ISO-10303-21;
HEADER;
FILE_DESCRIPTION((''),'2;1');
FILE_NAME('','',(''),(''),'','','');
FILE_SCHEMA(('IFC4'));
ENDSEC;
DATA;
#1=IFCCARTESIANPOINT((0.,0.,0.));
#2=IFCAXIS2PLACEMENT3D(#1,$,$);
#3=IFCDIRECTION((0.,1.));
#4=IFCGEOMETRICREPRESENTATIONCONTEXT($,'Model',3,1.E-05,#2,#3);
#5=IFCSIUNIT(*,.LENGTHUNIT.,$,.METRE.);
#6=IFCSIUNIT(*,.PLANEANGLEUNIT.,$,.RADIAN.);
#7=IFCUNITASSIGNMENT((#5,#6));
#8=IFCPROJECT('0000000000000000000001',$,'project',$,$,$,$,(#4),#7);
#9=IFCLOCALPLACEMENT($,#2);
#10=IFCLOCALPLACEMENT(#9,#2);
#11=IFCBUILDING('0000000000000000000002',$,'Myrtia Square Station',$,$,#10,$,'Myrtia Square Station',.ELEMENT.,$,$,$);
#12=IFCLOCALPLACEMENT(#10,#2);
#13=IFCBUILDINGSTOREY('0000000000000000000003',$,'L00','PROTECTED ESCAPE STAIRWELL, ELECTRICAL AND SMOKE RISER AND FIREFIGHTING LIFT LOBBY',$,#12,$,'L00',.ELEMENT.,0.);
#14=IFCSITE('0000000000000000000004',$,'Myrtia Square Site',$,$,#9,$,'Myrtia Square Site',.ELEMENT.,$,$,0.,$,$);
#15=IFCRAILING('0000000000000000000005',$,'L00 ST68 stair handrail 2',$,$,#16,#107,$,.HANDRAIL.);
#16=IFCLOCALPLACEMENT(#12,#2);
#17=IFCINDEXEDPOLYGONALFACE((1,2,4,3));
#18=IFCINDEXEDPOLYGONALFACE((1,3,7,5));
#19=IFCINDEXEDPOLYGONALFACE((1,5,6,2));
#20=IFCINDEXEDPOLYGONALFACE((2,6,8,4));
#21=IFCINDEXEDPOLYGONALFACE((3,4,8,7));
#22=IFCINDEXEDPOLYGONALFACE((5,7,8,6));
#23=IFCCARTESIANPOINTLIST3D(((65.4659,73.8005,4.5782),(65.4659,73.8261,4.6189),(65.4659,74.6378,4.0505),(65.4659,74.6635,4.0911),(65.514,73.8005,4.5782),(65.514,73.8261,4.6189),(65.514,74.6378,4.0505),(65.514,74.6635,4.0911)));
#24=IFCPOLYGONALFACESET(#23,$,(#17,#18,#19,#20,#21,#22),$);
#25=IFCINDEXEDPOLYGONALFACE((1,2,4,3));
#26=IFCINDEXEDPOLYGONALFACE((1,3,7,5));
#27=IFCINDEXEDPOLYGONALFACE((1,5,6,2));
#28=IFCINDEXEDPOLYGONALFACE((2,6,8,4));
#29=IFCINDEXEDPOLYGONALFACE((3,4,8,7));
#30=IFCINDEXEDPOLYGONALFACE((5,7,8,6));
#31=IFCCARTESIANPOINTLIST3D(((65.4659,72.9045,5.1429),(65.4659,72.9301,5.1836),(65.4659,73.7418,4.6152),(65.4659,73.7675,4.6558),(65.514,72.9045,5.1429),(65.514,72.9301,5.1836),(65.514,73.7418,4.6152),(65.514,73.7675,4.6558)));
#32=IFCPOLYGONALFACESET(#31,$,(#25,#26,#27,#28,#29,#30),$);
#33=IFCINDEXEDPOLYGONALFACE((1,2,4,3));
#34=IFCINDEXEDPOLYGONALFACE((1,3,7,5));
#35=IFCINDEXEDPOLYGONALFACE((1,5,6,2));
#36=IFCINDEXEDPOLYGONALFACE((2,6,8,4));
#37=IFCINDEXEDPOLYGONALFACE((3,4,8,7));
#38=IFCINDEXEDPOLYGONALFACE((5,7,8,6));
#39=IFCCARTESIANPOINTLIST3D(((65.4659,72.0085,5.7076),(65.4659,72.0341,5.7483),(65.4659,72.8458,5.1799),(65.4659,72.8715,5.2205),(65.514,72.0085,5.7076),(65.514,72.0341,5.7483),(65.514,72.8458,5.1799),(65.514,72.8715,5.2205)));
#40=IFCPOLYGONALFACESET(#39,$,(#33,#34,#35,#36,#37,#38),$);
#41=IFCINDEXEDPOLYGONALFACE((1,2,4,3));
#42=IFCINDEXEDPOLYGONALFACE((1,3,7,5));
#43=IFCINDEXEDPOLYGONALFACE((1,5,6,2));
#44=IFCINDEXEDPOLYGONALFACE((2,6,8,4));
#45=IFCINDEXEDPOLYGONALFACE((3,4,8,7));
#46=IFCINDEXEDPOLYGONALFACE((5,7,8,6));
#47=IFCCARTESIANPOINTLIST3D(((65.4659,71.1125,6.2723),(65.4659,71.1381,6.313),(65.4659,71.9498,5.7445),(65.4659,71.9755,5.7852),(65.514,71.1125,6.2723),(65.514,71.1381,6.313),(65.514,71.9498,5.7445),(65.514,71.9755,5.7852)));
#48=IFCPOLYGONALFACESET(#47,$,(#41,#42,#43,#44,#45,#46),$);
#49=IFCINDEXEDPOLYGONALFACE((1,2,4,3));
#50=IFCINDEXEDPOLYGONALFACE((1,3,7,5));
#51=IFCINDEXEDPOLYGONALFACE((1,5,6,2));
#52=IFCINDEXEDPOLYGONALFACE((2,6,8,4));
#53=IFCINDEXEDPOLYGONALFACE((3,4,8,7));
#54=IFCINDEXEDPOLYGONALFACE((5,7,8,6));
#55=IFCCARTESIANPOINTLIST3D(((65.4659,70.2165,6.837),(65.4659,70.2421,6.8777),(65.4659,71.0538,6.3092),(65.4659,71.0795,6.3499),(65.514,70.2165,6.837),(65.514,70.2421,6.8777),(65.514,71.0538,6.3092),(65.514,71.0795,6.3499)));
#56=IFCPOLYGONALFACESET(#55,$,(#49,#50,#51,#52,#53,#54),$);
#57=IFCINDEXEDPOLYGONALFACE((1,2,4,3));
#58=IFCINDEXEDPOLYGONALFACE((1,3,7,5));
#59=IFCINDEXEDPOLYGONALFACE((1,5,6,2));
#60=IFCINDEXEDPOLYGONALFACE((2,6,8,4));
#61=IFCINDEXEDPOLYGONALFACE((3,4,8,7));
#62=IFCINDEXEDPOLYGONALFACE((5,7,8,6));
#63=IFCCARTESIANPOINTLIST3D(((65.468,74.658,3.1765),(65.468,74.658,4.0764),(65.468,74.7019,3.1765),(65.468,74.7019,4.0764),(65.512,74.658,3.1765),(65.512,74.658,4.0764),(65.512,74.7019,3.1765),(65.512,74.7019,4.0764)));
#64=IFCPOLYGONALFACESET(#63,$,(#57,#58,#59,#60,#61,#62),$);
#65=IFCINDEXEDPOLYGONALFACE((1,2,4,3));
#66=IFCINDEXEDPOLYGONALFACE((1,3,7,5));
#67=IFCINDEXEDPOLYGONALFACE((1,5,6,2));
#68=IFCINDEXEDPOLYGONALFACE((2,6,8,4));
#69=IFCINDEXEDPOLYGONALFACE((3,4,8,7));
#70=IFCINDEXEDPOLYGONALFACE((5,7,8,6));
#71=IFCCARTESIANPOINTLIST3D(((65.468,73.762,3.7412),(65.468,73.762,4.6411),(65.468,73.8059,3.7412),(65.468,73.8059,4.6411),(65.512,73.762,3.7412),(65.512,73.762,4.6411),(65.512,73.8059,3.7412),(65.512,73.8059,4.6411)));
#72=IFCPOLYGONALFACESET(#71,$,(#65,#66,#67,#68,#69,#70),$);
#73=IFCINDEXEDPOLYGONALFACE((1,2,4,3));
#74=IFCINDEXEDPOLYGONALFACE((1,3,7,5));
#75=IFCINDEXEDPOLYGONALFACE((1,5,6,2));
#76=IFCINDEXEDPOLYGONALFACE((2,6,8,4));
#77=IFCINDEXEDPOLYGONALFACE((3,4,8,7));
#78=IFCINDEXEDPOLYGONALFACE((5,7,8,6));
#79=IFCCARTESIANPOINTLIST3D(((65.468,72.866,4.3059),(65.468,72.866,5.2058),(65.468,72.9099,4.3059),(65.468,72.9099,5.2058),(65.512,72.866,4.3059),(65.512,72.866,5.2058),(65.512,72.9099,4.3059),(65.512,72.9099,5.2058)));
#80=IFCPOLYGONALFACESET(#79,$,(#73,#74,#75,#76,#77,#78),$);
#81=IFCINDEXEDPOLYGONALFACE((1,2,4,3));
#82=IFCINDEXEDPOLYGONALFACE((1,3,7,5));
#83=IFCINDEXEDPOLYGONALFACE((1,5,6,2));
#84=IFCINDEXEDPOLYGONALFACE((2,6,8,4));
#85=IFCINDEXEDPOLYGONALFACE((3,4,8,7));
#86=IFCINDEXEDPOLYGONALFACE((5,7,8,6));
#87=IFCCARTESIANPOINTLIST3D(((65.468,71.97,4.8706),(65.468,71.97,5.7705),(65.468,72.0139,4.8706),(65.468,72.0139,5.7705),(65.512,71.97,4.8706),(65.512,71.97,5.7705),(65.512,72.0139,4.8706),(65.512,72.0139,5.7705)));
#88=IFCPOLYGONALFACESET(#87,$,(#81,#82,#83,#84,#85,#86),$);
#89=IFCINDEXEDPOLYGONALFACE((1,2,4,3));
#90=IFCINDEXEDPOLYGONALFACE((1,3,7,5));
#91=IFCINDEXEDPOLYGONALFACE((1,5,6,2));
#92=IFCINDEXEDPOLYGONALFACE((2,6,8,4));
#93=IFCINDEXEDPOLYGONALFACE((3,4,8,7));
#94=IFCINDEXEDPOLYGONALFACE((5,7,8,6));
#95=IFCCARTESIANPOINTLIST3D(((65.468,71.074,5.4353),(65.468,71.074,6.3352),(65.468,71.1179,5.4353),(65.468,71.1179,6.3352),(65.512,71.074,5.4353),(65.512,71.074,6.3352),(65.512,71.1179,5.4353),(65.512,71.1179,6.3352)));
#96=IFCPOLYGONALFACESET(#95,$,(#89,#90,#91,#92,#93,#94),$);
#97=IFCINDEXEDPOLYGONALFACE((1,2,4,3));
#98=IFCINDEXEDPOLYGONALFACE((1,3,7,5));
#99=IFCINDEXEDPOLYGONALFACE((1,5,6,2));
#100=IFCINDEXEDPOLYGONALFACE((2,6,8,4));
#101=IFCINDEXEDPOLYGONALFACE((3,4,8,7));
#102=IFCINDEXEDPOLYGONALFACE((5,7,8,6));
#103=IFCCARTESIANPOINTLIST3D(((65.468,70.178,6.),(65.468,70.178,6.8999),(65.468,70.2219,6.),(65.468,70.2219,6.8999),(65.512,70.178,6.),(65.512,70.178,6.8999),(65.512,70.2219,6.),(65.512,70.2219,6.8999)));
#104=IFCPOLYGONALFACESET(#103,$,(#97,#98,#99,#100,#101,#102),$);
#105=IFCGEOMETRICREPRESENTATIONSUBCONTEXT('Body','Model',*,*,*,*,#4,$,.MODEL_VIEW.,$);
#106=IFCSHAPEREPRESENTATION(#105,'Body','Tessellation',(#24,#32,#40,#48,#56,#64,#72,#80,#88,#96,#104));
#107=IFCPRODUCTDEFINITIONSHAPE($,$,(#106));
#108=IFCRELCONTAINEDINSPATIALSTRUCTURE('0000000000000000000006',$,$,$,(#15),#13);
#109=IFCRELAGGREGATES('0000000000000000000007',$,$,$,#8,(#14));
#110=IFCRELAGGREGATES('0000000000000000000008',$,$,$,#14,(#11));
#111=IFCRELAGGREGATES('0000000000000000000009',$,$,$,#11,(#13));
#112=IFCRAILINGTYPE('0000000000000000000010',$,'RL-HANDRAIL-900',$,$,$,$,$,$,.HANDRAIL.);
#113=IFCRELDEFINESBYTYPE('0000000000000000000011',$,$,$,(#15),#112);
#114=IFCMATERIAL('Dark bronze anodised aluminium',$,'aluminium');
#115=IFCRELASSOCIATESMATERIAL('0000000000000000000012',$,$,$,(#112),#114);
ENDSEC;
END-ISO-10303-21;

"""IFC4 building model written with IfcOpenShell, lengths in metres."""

from ifc_helpers import new_model, si_unit, direction, frame, origin, origin_2d, place, context, subcontext, project, spatial, rectangle, extrude, material, type_object, element, save


model = new_model("IFC4")

# Units and contexts
model_context = context("Model", 3, precision=1e-05, world=origin(), true_north=direction((0.0, 1.0)))
body_context = subcontext(model_context, "Body", "Model", "MODEL_VIEW")
ifc_project = project(units=[si_unit("LENGTHUNIT", "METRE"), si_unit("PLANEANGLEUNIT", "RADIAN")], contexts=[model_context])

# Site, building, storey
site_placement = place(None, origin())
site = spatial("IfcSite", under=ifc_project, at=site_placement, Name="Myrtia Square Site", LongName="Myrtia Square Site", CompositionType="ELEMENT", RefElevation=0.0)
building_placement = place(site_placement, origin())
building = spatial("IfcBuilding", under=site, at=building_placement, Name="Myrtia Square Station", LongName="Myrtia Square Station", CompositionType="ELEMENT")
storey_placement = place(building_placement, origin())
storey = spatial("IfcBuildingStorey", under=building, at=storey_placement, Name="L00", Description="PROTECTED ESCAPE STAIRWELL, ELECTRICAL AND SMOKE RISER AND FIREFIGHTING LIFT LOBBY", LongName="L00", CompositionType="ELEMENT", Elevation=0.0)

# Shared definitions
ifc_material_1 = material(Name="Dark bronze anodised aluminium", Category="aluminium")

# Railing
railing_type_1 = type_object("IfcRailingType", Name="RL-HANDRAIL-900", PredefinedType="HANDRAIL", material=ifc_material_1)
railing_1_placement = place(storey_placement, frame((65.49, 74.6799, 3.1765)))
element("IfcRailing", 1, at=railing_1_placement, inside=storey, type_object=railing_type_1, Name="L00 ST68 stair handrail 2", PredefinedType="HANDRAIL", context=body_context, shape_type="SweptSolid", body=[
    extrude(rectangle(XDim=0.0481, YDim=0.0481, at=origin_2d()), frame((0.0, -0.0293, 0.8943), z_axis=(0.0, -0.845998, 0.533186), x_axis=(1.0, 0.0, 0.0)), (0.0, 0.0, 1.0), 0.9897),
    extrude(rectangle(XDim=0.0481, YDim=0.0481, at=origin_2d()), frame((0.0, -0.9253, 1.459), z_axis=(0.0, -0.845998, 0.533186), x_axis=(1.0, 0.0, 0.0)), (0.0, 0.0, 1.0), 0.9897),
    extrude(rectangle(XDim=0.0481, YDim=0.0481, at=origin_2d()), frame((0.0, -1.8213, 2.0237), z_axis=(0.0, -0.845998, 0.533186), x_axis=(1.0, 0.0, 0.0)), (0.0, 0.0, 1.0), 0.9897),
    extrude(rectangle(XDim=0.0481, YDim=0.0481, at=origin_2d()), frame((0.0, -2.7173, 2.5884), z_axis=(0.0, -0.845998, 0.533186), x_axis=(1.0, 0.0, 0.0)), (0.0, 0.0, 1.0), 0.9897),
    extrude(rectangle(XDim=0.0481, YDim=0.0481, at=origin_2d()), frame((0.0, -3.6133, 3.1531), z_axis=(0.0, -0.845998, 0.533186), x_axis=(1.0, 0.0, 0.0)), (0.0, 0.0, 1.0), 0.9897),
    extrude(rectangle(XDim=0.0439, YDim=0.0439, at=origin_2d()), origin(), (0.0, 0.0, 1.0), 0.8999),
    extrude(rectangle(XDim=0.0439, YDim=0.0439, at=origin_2d()), frame((0.0, -0.896, 0.5647)), (0.0, 0.0, 1.0), 0.8999),
    extrude(rectangle(XDim=0.0439, YDim=0.0439, at=origin_2d()), frame((0.0, -1.792, 1.1294)), (0.0, 0.0, 1.0), 0.8999),
    extrude(rectangle(XDim=0.0439, YDim=0.0439, at=origin_2d()), frame((0.0, -2.688, 1.6941)), (0.0, 0.0, 1.0), 0.8999),
    extrude(rectangle(XDim=0.0439, YDim=0.0439, at=origin_2d()), frame((0.0, -3.584, 2.2588)), (0.0, 0.0, 1.0), 0.8999),
    extrude(rectangle(XDim=0.0439, YDim=0.0439, at=origin_2d()), frame((0.0, -4.48, 2.8235)), (0.0, 0.0, 1.0), 0.8999),
])

save(model, "model.ifc")
